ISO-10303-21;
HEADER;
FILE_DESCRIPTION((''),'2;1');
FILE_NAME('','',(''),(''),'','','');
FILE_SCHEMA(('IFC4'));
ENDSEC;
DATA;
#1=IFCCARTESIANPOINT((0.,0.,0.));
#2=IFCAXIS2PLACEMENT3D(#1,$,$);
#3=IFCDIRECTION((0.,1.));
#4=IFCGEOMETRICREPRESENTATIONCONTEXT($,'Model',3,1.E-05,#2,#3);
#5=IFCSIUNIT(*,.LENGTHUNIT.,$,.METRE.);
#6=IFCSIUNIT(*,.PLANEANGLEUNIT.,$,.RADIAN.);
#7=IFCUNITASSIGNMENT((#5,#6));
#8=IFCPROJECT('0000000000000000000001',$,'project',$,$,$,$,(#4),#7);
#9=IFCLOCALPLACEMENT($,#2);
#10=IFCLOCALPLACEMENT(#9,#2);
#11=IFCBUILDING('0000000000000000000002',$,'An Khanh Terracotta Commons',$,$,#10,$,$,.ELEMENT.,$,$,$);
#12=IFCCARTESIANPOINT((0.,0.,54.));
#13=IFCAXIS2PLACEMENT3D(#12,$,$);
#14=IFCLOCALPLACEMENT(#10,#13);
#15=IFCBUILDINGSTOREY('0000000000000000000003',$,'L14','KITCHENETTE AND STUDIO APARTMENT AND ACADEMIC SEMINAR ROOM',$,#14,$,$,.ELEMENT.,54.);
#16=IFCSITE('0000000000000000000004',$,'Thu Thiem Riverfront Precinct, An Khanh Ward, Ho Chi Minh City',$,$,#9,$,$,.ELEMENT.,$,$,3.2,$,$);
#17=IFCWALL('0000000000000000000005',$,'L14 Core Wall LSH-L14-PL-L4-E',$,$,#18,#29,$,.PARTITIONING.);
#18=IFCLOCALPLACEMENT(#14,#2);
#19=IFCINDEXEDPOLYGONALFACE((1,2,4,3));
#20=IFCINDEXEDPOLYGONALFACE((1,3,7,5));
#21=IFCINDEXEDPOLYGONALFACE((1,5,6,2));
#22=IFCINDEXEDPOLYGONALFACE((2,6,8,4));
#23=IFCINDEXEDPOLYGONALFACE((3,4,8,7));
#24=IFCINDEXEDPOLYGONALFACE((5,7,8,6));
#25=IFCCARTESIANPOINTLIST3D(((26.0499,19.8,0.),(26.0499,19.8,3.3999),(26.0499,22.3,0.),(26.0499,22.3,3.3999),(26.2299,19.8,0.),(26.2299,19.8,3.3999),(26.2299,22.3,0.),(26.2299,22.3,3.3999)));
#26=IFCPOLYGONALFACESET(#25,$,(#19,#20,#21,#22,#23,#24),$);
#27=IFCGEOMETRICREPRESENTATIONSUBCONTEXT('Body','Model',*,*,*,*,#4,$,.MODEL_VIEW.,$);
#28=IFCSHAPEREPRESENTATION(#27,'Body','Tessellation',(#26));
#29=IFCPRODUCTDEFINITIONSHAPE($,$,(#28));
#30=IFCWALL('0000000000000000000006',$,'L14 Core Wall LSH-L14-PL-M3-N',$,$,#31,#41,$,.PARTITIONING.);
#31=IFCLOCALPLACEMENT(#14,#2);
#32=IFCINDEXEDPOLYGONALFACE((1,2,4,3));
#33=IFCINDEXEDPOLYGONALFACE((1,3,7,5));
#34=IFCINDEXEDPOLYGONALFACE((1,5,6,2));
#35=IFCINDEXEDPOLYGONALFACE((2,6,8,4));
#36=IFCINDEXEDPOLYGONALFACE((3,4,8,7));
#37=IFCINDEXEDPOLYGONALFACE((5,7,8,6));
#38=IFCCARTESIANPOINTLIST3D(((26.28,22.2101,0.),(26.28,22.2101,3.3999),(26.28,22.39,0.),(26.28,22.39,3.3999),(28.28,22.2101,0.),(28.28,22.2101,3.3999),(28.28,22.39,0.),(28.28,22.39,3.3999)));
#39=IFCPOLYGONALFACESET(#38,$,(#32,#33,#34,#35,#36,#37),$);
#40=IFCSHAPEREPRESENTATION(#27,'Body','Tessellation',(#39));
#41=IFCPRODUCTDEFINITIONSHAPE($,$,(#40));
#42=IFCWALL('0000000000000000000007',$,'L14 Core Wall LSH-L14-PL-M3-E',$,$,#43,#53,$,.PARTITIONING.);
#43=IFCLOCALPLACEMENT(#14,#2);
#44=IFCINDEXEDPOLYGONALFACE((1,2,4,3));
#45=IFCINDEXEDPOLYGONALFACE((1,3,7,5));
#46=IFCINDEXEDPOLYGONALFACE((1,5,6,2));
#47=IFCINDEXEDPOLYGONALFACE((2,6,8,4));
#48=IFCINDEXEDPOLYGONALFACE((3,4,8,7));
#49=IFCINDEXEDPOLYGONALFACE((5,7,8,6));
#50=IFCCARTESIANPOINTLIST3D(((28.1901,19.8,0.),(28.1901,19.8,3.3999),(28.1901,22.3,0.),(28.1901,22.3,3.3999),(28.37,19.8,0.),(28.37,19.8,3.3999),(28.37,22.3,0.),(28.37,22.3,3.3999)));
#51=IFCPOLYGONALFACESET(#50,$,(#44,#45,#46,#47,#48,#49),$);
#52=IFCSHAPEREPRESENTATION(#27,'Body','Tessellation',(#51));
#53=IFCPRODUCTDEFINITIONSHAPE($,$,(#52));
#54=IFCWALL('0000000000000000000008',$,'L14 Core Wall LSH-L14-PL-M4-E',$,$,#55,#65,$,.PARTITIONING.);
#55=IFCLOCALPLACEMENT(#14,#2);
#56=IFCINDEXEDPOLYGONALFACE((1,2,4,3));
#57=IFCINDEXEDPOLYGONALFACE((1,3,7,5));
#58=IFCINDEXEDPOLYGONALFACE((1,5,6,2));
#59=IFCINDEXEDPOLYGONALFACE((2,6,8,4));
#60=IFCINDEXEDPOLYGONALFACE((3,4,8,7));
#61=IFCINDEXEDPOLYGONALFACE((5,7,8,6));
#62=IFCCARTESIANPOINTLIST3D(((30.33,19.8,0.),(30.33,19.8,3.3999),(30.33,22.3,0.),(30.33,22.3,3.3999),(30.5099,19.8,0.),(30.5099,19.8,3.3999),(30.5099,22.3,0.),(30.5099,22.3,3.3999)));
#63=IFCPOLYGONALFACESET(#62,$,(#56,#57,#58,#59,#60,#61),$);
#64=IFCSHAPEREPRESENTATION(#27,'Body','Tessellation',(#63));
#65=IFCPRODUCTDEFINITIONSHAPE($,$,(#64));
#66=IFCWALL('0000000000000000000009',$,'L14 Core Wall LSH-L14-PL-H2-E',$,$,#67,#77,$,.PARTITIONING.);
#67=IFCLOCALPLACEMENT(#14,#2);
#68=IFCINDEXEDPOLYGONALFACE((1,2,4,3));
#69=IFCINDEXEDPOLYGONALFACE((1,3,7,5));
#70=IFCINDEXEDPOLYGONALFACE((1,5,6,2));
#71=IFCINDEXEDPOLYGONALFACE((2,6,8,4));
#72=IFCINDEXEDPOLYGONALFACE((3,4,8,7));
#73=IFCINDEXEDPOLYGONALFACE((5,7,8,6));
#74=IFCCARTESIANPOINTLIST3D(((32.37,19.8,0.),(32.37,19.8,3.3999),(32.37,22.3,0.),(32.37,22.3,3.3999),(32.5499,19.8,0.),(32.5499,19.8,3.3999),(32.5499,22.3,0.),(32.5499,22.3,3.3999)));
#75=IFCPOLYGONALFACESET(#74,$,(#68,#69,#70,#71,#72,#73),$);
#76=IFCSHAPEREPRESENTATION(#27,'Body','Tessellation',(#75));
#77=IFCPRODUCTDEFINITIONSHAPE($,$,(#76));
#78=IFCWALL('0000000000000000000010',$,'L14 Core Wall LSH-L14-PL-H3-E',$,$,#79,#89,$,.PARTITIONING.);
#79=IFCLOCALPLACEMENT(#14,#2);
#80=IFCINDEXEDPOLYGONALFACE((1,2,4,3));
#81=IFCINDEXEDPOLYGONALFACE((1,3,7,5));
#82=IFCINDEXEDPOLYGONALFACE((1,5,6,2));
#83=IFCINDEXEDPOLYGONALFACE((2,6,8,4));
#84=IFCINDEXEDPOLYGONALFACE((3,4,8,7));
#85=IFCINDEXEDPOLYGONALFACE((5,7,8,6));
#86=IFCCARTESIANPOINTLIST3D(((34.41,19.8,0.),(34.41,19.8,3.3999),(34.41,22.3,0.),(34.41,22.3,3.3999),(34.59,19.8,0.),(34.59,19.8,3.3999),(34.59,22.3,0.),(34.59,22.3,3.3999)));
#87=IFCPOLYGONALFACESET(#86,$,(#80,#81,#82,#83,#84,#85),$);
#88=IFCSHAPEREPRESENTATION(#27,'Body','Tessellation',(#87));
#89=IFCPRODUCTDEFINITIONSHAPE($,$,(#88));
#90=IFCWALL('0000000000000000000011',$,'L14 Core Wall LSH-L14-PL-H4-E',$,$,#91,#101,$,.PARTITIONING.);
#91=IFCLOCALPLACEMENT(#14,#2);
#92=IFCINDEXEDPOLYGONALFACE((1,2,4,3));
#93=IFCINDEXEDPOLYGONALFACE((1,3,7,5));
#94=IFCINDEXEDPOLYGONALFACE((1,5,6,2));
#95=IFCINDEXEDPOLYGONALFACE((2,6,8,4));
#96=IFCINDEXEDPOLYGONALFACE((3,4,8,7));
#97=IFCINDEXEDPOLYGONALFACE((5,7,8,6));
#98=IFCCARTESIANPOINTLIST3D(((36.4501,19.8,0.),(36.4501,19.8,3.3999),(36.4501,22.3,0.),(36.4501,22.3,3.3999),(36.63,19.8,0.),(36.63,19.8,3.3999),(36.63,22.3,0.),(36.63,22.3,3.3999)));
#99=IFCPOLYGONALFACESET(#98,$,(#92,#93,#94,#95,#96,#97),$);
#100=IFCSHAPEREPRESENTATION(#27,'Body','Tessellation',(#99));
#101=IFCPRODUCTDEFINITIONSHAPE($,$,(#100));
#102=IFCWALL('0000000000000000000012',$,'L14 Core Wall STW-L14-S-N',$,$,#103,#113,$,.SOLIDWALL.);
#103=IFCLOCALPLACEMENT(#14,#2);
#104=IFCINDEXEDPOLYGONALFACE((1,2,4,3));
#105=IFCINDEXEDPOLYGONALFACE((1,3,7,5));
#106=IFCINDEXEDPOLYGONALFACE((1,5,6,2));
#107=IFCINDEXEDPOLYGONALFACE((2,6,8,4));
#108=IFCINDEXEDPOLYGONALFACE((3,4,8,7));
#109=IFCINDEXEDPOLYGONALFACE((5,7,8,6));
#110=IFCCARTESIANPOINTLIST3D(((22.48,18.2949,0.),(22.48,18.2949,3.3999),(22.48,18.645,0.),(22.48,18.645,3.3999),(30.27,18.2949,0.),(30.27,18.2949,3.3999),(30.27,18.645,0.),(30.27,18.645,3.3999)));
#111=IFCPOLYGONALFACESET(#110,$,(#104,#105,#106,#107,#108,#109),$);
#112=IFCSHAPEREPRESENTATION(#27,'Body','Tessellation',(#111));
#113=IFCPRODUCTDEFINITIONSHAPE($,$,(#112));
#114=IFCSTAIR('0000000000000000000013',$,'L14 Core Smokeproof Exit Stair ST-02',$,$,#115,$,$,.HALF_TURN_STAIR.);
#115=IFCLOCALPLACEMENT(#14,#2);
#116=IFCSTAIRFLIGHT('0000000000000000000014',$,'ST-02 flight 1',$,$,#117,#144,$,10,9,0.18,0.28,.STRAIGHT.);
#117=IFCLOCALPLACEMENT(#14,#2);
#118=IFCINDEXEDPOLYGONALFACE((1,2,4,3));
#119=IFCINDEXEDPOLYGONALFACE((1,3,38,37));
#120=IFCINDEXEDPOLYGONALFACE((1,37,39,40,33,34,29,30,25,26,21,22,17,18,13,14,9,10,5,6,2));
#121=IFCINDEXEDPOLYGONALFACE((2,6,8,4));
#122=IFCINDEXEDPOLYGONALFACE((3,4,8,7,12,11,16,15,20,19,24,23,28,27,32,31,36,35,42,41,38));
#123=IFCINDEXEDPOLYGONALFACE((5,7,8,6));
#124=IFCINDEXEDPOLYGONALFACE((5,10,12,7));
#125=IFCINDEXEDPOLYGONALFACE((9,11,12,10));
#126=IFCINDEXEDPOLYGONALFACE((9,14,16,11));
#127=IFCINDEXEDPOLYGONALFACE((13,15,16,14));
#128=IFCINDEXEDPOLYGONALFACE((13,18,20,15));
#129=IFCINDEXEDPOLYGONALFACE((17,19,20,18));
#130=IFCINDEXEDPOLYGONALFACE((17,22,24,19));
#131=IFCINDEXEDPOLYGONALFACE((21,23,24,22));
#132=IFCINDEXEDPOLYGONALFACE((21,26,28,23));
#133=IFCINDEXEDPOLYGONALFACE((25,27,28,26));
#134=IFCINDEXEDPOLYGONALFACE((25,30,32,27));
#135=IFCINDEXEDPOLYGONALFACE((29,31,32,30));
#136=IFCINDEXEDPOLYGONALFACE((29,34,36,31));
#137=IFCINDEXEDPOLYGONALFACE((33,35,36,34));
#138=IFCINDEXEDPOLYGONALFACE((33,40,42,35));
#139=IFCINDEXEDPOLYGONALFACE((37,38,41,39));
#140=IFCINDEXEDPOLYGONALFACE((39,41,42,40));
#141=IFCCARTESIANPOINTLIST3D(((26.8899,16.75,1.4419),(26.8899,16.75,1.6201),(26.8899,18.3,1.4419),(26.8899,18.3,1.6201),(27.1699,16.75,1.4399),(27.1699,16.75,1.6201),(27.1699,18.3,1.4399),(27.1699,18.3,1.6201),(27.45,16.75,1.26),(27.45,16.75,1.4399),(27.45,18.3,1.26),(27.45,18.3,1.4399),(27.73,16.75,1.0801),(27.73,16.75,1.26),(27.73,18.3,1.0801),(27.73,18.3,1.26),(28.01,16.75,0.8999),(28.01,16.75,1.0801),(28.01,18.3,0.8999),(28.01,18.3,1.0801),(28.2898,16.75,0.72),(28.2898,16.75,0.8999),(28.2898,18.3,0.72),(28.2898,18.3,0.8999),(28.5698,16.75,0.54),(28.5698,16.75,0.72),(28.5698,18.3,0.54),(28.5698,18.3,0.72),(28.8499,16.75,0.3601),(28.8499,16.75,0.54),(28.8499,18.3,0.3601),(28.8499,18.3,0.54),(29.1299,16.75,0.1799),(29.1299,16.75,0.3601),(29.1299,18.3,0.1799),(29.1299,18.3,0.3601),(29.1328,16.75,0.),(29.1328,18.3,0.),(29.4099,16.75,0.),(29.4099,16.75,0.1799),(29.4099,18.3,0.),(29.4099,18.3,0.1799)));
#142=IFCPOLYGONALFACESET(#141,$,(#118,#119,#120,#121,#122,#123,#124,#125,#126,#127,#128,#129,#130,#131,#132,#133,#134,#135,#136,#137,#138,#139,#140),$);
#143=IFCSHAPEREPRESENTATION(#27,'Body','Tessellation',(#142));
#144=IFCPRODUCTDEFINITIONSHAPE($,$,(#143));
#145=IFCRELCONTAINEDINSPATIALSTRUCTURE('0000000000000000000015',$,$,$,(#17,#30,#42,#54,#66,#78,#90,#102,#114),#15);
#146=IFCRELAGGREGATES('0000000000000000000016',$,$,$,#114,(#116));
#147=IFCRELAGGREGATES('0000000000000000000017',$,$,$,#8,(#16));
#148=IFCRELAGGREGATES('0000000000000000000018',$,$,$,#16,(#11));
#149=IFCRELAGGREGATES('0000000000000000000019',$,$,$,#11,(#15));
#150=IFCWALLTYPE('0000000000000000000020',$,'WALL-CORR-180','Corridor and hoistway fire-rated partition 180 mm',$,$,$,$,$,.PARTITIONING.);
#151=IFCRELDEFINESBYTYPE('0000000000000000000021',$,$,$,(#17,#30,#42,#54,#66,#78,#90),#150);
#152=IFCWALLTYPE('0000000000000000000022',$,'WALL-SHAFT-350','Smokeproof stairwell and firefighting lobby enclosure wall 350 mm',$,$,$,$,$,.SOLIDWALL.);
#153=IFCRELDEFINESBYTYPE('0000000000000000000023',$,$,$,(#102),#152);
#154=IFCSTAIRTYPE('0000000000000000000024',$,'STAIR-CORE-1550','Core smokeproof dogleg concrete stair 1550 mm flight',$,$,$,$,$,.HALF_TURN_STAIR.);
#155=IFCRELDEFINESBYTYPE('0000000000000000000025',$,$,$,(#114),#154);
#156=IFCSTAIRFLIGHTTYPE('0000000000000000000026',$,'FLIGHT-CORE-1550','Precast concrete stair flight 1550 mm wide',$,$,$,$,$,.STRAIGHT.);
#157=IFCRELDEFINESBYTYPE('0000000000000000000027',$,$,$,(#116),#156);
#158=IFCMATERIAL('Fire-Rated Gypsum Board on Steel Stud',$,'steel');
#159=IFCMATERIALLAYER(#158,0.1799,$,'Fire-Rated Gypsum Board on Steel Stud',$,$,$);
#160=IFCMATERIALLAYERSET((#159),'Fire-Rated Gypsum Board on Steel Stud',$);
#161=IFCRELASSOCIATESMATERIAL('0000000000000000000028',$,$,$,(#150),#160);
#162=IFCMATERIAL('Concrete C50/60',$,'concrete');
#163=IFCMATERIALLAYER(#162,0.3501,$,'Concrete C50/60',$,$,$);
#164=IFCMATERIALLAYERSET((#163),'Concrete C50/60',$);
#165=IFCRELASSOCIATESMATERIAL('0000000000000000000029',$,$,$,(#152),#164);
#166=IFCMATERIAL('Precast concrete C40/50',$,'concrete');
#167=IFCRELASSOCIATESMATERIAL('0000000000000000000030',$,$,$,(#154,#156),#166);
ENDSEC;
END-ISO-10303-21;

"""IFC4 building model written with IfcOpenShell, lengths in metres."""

from ifc_helpers import new_model, si_unit, direction, frame, frame_2d, origin, place, context, subcontext, project, spatial, polyline, rectangle, outline, extrude, material, layer, layer_set, type_object, element, aggregate, save


model = new_model("IFC4")

# Units and contexts
model_context = context("Model", 3, precision=1e-05, world=origin(), true_north=direction((0.0, 1.0)))
body_context = subcontext(model_context, "Body", "Model", "MODEL_VIEW")
ifc_project = project(units=[si_unit("LENGTHUNIT", "METRE"), si_unit("PLANEANGLEUNIT", "RADIAN")], contexts=[model_context])

# Site, building, storey
site_placement = place(None, origin())
site = spatial("IfcSite", under=ifc_project, at=site_placement, Name="Thu Thiem Riverfront Precinct, An Khanh Ward, Ho Chi Minh City", CompositionType="ELEMENT", RefElevation=3.2)
building_placement = place(site_placement, origin())
building = spatial("IfcBuilding", under=site, at=building_placement, Name="An Khanh Terracotta Commons", CompositionType="ELEMENT")
storey_placement = place(building_placement, frame((0.0, 0.0, 54.0)))
storey = spatial("IfcBuildingStorey", under=building, at=storey_placement, Name="L14", Description="KITCHENETTE AND STUDIO APARTMENT AND ACADEMIC SEMINAR ROOM", CompositionType="ELEMENT", Elevation=54.0)

# Shared definitions
ifc_material_1 = material(Name="Fire-Rated Gypsum Board on Steel Stud", Category="steel")
ifc_layer_1 = layer(ifc_material_1, 0.1799, Name="Fire-Rated Gypsum Board on Steel Stud")
ifc_layer_set_1 = layer_set([ifc_layer_1], Name="Fire-Rated Gypsum Board on Steel Stud")
wall_type_1 = type_object("IfcWallType", Name="WALL-CORR-180", Description="Corridor and hoistway fire-rated partition 180 mm", PredefinedType="PARTITIONING", material=ifc_layer_set_1)

# Walls
wall_1_placement = place(storey_placement, frame((26.1399, 19.8, 0.0), z_axis=(0.0, 0.0, 1.0), x_axis=(0.0, 1.0, 0.0)))
element("IfcWall", 1, at=wall_1_placement, inside=storey, type_object=wall_type_1, Name="L14 Core Wall LSH-L14-PL-L4-E", PredefinedType="PARTITIONING", context=body_context, shape_type="SweptSolid", body=[
    extrude(rectangle(XDim=2.5, YDim=0.1799, at=frame_2d((1.25, 0.0))), origin(), (0.0, 0.0, 1.0), 3.3999),
])
wall_2_placement = place(storey_placement, frame((26.28, 22.3, 0.0), z_axis=(0.0, 0.0, 1.0), x_axis=(1.0, 0.0, 0.0)))
element("IfcWall", 2, at=wall_2_placement, inside=storey, type_object=wall_type_1, Name="L14 Core Wall LSH-L14-PL-M3-N", PredefinedType="PARTITIONING", context=body_context, shape_type="SweptSolid", body=[
    extrude(rectangle(XDim=2.0, YDim=0.1799, at=frame_2d((1.0, 0.0))), origin(), (0.0, 0.0, 1.0), 3.3999),
])
for number, where, z_axis, x_axis, name in (
    (3, (28.28, 19.8, 0.0), (0.0, 0.0, 1.0), (0.0, 1.0, 0.0), "L14 Core Wall LSH-L14-PL-M3-E"),
    (4, (30.4199, 19.8, 0.0), (0.0, 0.0, 1.0), (0.0, 1.0, 0.0), "L14 Core Wall LSH-L14-PL-M4-E"),
    (5, (32.46, 19.8, 0.0), (0.0, 0.0, 1.0), (0.0, 1.0, 0.0), "L14 Core Wall LSH-L14-PL-H2-E"),
    (6, (34.5, 19.8, 0.0), (0.0, 0.0, 1.0), (0.0, 1.0, 0.0), "L14 Core Wall LSH-L14-PL-H3-E"),
    (7, (36.54, 19.8, 0.0), (0.0, 0.0, 1.0), (0.0, 1.0, 0.0), "L14 Core Wall LSH-L14-PL-H4-E"),
):
    element("IfcWall", number, at=place(storey_placement, frame(where, z_axis=z_axis, x_axis=x_axis)), inside=storey, type_object=wall_type_1, Name=name, PredefinedType="PARTITIONING", context=body_context, shape_type="SweptSolid", body=[
        extrude(rectangle(XDim=2.5, YDim=0.1799, at=frame_2d((1.25, 0.0))), origin(), (0.0, 0.0, 1.0), 3.3999),
    ])
ifc_material_2 = material(Name="Concrete C50/60", Category="concrete")
ifc_layer_2 = layer(ifc_material_2, 0.3501, Name="Concrete C50/60")
ifc_layer_set_2 = layer_set([ifc_layer_2], Name="Concrete C50/60")
wall_type_2 = type_object("IfcWallType", Name="WALL-SHAFT-350", Description="Smokeproof stairwell and firefighting lobby enclosure wall 350 mm", PredefinedType="SOLIDWALL", material=ifc_layer_set_2)
wall_3_placement = place(storey_placement, frame((22.48, 18.47, 0.0), z_axis=(0.0, 0.0, 1.0), x_axis=(1.0, 0.0, 0.0)))
element("IfcWall", 8, at=wall_3_placement, inside=storey, type_object=wall_type_2, Name="L14 Core Wall STW-L14-S-N", PredefinedType="SOLIDWALL", context=body_context, shape_type="SweptSolid", body=[
    extrude(rectangle(XDim=7.79, YDim=0.3501, at=frame_2d((3.895, 0.0))), origin(), (0.0, 0.0, 1.0), 3.3999),
])

# Stair, stair flight
ifc_material_3 = material(Name="Precast concrete C40/50", Category="concrete")
stair_type = type_object("IfcStairType", Name="STAIR-CORE-1550", Description="Core smokeproof dogleg concrete stair 1550 mm flight", PredefinedType="HALF_TURN_STAIR", material=ifc_material_3)
stair_placement = place(storey_placement, origin())
stair = element("IfcStair", 9, at=stair_placement, inside=storey, type_object=stair_type, Name="L14 Core Smokeproof Exit Stair ST-02", PredefinedType="HALF_TURN_STAIR")
stair_flight_type = type_object("IfcStairFlightType", Name="FLIGHT-CORE-1550", Description="Precast concrete stair flight 1550 mm wide", PredefinedType="STRAIGHT", material=ifc_material_3)
stair_flight_placement = place(storey_placement, frame((29.4099, 17.5249, 0.0), z_axis=(0.0, 0.0, 1.0), x_axis=(-1.0, 0.0, 0.0)))
stair_flight = element("IfcStairFlight", 10, at=stair_flight_placement, type_object=stair_flight_type, Name="ST-02 flight 1", NumberOfRisers=10, NumberOfTreads=9, PredefinedType="STRAIGHT", RiserHeight=0.18, TreadLength=0.28, context=body_context, shape_type="SweptSolid", body=[
    extrude(outline(polyline([(0.0, 0.0), (0.0, 0.1799), (0.28, 0.1799), (0.28, 0.3601), (0.5601, 0.3601), (0.5601, 0.54), (0.8401, 0.54), (0.8401, 0.72), (1.1201, 0.72), (1.1201, 0.8999), (1.3999, 0.8999), (1.3999, 1.0801), (1.6799, 1.0801), (1.6799, 1.26), (1.96, 1.26), (1.96, 1.4399), (2.24, 1.4399), (2.24, 1.6201), (2.52, 1.6201), (2.52, 1.8), (2.52, 1.4419), (0.2771, 0.0), (0.0, 0.0)])), frame((0.0, 0.7749, 0.0), z_axis=(0.0, -1.0, 0.0), x_axis=(1.0, 0.0, 0.0)), (0.0, 0.0, 1.0), 1.55),
])
aggregate(stair, [stair_flight])

save(model, "model.ifc")
